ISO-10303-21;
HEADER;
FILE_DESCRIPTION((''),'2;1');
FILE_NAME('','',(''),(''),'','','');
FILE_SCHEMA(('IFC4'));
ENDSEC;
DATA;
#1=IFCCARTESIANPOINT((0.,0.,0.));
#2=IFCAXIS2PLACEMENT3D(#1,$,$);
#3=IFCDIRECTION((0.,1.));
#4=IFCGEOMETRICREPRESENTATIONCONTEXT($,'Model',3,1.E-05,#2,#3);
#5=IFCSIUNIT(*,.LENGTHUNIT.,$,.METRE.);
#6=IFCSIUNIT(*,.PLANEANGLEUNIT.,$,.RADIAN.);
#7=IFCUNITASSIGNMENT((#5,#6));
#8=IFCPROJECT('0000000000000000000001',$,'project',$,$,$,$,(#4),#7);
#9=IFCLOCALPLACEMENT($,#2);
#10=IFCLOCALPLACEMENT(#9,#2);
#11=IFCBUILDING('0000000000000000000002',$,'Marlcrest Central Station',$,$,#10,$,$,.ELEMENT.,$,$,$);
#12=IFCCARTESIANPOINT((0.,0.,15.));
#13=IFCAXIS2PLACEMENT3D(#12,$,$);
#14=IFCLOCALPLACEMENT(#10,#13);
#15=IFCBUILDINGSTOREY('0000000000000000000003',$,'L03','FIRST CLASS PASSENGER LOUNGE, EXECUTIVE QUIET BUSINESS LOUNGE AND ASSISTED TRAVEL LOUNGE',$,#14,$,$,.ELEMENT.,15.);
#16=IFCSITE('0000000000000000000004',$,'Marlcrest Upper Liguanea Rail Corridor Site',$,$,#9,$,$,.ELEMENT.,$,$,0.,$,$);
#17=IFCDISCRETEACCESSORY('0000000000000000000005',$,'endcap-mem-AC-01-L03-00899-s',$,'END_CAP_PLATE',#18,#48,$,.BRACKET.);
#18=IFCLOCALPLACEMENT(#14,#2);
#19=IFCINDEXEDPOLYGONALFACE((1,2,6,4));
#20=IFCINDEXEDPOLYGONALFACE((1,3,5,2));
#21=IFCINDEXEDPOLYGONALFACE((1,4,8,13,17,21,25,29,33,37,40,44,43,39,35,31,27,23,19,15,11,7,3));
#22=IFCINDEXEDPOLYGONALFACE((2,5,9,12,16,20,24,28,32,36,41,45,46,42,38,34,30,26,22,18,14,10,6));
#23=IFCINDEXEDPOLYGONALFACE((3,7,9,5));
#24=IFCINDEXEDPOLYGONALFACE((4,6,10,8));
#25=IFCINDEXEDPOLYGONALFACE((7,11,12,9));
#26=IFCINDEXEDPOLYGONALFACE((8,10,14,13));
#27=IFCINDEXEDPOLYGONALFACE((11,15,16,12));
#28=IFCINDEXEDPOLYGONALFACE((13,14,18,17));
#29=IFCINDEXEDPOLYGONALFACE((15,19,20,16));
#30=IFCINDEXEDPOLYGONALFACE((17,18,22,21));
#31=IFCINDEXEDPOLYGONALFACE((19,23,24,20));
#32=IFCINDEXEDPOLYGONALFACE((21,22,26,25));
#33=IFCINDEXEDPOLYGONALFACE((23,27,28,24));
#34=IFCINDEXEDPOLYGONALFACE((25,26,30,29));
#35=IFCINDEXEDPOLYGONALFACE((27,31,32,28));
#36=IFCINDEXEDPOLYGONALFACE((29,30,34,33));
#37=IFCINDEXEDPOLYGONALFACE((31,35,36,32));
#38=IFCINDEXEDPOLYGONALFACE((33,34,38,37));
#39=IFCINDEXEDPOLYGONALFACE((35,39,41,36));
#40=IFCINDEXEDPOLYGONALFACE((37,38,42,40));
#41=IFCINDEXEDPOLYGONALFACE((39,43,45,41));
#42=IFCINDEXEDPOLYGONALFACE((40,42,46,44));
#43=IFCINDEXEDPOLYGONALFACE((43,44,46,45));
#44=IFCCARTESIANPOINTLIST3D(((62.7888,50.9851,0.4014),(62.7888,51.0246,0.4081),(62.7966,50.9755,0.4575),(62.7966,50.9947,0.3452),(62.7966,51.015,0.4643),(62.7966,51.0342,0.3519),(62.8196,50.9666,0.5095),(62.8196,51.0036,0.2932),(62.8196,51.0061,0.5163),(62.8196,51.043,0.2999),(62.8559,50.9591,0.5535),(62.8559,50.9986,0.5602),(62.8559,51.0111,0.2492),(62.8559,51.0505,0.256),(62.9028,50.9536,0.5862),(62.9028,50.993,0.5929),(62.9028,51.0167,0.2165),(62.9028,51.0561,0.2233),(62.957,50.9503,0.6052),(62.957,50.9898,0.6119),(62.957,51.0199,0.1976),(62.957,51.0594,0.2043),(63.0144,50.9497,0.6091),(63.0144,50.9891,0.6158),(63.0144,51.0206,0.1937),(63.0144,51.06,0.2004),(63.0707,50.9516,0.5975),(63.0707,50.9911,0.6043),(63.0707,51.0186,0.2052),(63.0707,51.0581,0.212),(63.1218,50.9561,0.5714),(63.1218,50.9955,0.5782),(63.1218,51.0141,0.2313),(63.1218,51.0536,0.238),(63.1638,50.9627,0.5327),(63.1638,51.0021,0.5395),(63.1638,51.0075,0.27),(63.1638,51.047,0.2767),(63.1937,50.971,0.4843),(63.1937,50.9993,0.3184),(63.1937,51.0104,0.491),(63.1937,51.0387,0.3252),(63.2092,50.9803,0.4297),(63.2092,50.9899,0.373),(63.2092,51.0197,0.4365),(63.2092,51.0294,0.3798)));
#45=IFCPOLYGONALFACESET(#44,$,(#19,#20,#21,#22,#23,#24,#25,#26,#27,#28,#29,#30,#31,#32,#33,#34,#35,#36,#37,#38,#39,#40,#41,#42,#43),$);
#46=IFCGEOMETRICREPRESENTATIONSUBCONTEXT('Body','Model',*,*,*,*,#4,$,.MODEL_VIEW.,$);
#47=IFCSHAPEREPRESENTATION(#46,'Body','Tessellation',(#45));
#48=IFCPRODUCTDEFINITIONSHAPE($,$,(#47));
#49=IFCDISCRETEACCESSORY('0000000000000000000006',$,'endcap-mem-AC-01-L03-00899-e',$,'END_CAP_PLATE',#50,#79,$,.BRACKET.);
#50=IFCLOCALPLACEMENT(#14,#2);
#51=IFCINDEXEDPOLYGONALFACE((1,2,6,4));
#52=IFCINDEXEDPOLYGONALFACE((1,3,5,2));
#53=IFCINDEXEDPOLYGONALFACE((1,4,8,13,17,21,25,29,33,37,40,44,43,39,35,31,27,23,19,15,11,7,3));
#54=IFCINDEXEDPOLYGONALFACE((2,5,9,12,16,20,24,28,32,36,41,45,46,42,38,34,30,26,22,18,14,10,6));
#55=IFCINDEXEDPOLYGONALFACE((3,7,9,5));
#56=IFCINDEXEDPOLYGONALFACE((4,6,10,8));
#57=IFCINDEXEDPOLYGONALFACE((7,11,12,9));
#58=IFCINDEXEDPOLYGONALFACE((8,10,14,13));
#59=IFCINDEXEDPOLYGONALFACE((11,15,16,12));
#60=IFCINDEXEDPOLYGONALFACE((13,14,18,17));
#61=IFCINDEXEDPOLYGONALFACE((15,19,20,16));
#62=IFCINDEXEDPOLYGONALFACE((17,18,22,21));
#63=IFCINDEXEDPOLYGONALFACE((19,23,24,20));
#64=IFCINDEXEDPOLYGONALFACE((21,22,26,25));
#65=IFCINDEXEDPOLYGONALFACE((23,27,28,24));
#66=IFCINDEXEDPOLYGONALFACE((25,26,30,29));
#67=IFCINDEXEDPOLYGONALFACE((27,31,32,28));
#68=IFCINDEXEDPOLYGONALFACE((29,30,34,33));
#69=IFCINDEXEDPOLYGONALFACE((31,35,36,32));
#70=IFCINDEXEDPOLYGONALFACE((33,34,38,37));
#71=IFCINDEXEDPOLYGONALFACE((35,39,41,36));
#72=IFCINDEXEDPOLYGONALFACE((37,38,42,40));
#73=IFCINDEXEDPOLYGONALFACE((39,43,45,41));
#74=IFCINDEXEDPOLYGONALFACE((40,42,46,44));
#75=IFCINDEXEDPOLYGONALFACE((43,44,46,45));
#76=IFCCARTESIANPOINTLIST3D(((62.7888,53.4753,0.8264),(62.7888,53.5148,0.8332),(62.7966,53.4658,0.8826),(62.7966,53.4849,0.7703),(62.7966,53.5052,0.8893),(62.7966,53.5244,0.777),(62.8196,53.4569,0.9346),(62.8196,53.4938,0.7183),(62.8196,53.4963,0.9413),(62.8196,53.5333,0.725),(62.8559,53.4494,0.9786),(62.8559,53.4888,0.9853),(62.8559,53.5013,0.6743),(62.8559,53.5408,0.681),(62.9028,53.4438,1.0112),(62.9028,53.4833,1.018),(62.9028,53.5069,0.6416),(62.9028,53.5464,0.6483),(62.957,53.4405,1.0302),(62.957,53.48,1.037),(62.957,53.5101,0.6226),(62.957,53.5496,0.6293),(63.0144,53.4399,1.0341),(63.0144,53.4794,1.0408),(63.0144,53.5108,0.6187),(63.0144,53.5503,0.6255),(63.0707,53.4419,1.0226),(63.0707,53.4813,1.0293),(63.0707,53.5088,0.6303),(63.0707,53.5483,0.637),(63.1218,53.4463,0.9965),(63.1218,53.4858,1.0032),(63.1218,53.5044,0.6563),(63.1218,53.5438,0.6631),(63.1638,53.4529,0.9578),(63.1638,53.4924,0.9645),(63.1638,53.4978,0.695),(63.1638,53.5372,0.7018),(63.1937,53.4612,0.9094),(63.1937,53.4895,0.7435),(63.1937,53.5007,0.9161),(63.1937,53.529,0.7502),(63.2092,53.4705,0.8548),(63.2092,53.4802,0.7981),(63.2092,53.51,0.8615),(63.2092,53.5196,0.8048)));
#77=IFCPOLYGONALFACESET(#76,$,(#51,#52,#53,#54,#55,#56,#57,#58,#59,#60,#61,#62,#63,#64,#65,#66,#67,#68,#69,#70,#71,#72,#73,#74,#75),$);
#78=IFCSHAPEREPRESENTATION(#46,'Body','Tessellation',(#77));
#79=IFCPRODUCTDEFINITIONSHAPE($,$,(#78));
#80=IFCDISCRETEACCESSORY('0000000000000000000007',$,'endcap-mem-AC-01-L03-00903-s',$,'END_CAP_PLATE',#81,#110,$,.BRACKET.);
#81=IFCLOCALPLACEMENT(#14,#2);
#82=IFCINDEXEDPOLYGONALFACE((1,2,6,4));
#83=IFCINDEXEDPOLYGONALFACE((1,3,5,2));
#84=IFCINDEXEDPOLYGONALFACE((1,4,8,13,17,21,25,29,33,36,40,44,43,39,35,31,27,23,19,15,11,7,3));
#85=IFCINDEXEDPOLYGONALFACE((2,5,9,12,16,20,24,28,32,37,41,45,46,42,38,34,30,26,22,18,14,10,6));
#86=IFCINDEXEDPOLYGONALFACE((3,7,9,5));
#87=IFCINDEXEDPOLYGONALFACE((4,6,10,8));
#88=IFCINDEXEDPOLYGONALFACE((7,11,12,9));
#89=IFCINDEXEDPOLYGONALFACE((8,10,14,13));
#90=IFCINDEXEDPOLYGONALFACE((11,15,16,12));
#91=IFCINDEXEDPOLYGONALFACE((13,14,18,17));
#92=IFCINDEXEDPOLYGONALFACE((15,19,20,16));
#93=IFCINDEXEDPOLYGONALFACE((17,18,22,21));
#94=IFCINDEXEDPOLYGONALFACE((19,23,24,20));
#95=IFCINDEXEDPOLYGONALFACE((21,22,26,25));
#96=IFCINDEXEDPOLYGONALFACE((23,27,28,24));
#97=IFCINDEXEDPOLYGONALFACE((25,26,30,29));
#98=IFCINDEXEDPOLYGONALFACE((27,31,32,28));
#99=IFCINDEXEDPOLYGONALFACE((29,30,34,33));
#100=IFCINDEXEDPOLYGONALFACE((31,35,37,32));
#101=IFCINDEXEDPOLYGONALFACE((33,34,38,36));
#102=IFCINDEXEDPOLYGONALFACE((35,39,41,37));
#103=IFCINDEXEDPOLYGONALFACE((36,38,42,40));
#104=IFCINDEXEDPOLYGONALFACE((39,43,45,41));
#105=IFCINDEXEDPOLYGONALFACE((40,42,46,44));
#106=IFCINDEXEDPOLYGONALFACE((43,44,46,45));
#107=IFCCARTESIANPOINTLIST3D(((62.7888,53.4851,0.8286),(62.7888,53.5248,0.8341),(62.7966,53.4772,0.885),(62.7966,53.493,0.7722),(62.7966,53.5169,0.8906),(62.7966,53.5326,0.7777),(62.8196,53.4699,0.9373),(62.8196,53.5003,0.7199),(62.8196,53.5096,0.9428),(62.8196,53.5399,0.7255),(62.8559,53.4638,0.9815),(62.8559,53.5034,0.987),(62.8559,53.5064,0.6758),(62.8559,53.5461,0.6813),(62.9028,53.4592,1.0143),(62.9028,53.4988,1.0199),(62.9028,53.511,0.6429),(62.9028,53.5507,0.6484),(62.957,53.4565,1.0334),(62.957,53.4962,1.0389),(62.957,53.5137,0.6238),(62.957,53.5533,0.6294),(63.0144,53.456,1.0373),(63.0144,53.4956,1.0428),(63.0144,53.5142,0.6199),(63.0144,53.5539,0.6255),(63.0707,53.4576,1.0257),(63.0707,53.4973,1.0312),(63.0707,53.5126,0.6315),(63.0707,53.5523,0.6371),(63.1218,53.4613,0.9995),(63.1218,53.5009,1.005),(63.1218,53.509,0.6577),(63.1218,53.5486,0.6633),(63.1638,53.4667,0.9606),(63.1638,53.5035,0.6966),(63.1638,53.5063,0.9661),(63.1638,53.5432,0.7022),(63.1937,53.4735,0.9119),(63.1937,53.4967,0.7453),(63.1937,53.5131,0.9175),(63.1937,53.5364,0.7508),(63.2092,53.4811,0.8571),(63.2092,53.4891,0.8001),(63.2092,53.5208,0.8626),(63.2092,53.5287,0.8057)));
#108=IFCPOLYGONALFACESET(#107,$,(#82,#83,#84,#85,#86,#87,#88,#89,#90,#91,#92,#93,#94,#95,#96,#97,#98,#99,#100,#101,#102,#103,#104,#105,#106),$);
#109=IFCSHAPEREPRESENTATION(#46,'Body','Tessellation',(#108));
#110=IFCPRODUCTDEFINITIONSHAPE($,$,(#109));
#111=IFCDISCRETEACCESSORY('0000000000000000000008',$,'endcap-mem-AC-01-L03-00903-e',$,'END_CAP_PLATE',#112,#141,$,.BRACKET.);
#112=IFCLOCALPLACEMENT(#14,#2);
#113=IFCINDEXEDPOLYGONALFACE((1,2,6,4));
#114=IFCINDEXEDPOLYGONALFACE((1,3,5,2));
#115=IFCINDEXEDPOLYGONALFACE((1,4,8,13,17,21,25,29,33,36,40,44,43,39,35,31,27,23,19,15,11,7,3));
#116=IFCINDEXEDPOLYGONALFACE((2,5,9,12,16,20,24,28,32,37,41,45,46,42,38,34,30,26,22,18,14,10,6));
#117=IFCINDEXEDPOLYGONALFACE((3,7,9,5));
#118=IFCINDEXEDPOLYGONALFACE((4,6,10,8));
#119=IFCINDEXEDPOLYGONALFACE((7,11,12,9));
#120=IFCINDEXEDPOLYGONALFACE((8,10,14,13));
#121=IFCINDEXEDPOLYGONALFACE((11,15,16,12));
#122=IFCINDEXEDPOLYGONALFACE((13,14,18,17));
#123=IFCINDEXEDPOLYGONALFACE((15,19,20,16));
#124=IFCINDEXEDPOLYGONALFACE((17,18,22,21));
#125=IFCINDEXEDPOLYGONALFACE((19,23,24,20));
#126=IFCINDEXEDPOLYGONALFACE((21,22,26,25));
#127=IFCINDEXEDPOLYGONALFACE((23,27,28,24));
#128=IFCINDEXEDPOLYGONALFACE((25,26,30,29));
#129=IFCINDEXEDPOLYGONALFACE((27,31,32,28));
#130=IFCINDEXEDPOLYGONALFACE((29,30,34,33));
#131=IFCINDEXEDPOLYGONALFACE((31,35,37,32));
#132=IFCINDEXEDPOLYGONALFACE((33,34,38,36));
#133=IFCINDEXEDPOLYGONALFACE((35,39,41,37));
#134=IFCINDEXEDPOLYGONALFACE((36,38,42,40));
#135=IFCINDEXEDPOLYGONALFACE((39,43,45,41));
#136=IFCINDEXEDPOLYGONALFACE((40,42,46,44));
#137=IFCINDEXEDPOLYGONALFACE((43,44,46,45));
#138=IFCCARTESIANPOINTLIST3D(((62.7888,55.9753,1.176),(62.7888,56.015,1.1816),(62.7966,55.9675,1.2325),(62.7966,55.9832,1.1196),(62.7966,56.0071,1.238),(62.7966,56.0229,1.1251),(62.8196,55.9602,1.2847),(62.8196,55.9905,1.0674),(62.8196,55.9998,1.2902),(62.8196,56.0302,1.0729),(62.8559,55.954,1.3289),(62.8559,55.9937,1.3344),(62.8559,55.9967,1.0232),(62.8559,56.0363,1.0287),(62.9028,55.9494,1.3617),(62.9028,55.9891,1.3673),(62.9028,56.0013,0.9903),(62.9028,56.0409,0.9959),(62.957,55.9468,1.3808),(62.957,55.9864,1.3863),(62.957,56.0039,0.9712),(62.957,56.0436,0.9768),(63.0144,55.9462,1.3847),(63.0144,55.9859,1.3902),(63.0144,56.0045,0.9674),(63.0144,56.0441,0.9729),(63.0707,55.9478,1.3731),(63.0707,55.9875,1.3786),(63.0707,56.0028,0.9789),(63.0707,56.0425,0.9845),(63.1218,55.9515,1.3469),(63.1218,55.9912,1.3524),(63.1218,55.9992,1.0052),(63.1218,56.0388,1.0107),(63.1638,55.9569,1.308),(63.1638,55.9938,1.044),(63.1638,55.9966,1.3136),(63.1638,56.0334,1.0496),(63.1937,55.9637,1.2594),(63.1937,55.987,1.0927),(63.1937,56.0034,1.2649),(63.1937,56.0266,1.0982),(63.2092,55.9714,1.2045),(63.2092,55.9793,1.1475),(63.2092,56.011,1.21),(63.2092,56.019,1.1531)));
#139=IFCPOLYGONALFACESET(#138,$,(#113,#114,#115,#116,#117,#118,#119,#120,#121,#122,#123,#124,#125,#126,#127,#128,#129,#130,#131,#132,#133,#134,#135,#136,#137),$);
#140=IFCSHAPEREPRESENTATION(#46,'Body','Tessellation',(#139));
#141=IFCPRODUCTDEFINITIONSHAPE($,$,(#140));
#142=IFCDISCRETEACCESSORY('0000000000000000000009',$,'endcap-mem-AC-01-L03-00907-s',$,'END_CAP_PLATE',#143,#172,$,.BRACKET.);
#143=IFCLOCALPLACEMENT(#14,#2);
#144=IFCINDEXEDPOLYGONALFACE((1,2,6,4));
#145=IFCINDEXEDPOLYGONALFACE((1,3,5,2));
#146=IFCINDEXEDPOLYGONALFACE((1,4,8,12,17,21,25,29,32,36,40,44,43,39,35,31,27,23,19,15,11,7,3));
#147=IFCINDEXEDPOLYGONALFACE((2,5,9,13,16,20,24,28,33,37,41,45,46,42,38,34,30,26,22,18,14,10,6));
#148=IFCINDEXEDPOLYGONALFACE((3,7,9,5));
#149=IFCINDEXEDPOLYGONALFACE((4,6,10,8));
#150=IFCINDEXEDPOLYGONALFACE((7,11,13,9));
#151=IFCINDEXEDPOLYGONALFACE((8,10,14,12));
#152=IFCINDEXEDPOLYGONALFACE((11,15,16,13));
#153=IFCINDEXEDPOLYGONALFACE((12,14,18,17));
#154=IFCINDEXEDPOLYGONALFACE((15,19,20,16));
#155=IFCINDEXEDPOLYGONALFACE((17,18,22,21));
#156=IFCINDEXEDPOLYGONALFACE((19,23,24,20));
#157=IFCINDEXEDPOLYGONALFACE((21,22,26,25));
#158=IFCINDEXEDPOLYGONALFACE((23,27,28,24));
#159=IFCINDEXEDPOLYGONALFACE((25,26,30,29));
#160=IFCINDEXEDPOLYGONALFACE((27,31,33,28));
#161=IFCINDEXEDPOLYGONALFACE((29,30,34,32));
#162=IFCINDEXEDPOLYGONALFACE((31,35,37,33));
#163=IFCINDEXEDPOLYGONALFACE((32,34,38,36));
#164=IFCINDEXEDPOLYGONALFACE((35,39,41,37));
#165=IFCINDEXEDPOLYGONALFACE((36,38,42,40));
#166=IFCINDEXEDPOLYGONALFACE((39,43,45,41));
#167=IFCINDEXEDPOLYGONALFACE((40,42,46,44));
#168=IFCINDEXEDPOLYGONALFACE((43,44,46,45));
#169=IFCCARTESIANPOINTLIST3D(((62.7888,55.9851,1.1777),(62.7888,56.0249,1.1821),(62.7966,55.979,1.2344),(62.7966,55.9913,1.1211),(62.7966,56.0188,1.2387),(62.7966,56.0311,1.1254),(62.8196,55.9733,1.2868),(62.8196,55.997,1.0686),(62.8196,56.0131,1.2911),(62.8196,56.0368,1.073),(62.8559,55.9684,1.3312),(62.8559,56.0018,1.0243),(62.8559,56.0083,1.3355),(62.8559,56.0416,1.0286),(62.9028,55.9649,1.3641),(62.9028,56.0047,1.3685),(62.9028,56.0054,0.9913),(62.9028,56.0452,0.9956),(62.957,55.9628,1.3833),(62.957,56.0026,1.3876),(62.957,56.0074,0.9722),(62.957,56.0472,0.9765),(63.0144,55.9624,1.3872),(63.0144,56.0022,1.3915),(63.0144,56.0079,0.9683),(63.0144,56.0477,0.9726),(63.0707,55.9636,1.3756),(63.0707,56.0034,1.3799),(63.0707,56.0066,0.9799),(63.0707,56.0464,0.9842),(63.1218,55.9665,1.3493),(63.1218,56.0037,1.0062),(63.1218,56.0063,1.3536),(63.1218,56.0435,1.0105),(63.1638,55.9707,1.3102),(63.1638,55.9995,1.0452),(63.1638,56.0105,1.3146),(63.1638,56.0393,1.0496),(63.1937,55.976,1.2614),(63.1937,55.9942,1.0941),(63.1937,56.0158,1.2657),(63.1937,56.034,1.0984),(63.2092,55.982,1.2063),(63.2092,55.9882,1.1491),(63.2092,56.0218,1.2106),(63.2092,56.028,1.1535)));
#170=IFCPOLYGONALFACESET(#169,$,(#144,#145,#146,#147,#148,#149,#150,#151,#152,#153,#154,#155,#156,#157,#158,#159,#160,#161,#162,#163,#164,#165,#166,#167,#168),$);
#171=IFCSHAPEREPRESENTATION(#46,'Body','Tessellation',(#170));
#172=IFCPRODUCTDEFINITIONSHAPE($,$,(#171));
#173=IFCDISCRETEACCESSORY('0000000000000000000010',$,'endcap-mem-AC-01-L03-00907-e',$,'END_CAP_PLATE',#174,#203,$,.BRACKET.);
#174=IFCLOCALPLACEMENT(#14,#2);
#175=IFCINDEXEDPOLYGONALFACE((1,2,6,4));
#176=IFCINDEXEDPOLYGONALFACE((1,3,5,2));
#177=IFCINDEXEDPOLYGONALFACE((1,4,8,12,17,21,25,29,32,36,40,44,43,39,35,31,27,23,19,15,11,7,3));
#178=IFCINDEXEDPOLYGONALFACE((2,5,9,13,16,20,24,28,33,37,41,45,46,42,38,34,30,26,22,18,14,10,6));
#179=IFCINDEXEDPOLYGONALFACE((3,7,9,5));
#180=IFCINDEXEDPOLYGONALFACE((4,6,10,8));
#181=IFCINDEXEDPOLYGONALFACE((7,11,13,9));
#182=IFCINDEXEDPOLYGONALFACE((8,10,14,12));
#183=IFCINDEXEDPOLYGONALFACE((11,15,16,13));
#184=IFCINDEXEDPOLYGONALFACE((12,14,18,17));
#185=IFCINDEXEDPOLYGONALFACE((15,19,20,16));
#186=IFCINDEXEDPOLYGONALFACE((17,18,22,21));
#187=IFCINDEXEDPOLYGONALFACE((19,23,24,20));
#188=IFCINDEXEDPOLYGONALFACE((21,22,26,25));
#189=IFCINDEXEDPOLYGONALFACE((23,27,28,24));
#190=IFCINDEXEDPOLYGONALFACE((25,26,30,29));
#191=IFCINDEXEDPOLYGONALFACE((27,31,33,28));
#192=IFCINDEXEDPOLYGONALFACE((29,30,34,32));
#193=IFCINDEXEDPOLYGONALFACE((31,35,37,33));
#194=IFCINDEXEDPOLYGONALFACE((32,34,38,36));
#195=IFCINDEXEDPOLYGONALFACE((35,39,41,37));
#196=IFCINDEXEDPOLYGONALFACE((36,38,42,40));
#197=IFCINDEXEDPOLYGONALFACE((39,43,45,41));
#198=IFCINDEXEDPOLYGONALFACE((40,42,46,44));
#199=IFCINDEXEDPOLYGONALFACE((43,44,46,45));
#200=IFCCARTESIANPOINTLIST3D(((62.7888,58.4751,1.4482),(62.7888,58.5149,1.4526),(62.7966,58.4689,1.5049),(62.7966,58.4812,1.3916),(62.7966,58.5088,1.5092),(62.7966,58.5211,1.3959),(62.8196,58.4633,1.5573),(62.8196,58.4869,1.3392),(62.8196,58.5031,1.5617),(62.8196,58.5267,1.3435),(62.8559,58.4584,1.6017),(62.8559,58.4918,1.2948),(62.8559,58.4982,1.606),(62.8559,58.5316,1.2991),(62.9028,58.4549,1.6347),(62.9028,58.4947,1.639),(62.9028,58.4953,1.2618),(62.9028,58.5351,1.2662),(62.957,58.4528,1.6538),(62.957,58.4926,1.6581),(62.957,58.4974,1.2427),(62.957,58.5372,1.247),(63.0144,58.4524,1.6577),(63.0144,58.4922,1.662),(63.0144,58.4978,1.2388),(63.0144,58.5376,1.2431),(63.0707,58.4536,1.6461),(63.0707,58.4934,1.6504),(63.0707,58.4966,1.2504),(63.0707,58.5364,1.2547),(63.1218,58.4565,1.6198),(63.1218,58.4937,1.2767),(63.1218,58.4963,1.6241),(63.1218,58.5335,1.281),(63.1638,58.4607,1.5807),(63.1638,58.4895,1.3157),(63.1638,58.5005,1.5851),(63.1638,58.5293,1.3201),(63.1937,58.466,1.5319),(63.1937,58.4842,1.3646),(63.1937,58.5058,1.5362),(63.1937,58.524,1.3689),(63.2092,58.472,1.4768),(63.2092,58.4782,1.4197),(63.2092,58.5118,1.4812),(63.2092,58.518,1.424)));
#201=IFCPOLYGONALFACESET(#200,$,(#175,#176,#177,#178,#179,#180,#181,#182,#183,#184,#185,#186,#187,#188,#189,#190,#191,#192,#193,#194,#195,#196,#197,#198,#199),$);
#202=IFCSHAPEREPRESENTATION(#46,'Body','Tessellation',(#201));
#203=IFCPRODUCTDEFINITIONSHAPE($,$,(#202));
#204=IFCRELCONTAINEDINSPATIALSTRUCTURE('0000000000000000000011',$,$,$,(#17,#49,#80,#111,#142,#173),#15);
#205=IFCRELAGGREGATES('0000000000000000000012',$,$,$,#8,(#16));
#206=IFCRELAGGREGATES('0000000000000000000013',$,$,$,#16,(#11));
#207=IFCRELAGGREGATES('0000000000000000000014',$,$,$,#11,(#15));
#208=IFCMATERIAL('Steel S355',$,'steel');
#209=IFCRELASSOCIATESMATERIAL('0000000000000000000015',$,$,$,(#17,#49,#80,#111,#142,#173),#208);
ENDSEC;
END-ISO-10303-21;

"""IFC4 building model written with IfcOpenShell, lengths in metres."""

from ifc_helpers import new_model, si_unit, direction, frame, origin, origin_2d, place, context, subcontext, project, spatial, circle, extrude, material, element, save


model = new_model("IFC4")

# Units and contexts
model_context = context("Model", 3, precision=1e-05, world=origin(), true_north=direction((0.0, 1.0)))
body_context = subcontext(model_context, "Body", "Model", "MODEL_VIEW")
ifc_project = project(units=[si_unit("LENGTHUNIT", "METRE"), si_unit("PLANEANGLEUNIT", "RADIAN")], contexts=[model_context])

# Site, building, storey
site_placement = place(None, origin())
site = spatial("IfcSite", under=ifc_project, at=site_placement, Name="Marlcrest Upper Liguanea Rail Corridor Site", CompositionType="ELEMENT", RefElevation=0.0)
building_placement = place(site_placement, origin())
building = spatial("IfcBuilding", under=site, at=building_placement, Name="Marlcrest Central Station", CompositionType="ELEMENT")
storey_placement = place(building_placement, frame((0.0, 0.0, 15.0)))
storey = spatial("IfcBuildingStorey", under=building, at=storey_placement, Name="L03", Description="FIRST CLASS PASSENGER LOUNGE, EXECUTIVE QUIET BUSINESS LOUNGE AND ASSISTED TRAVEL LOUNGE", CompositionType="ELEMENT", Elevation=15.0)

# Shared definitions
ifc_material_1 = material(Name="Steel S355", Category="steel")

# Discrete accessories
for number, where, z_axis, x_axis, name in (
    (1, (63.0, 50.9851, 0.4014), (0.0, 0.985741, 0.168269), (-1.0, 0.0, 0.0), "endcap-mem-AC-01-L03-00899-s"),
    (2, (63.0, 53.4753, 0.8264), (0.0, 0.985741, 0.168269), (-1.0, 0.0, 0.0), "endcap-mem-AC-01-L03-00899-e"),
    (3, (63.0, 53.4851, 0.8286), (0.0, 0.990403, 0.138211), (-1.0, 0.0, 0.0), "endcap-mem-AC-01-L03-00903-s"),
    (4, (63.0, 55.9753, 1.176), (0.0, 0.990403, 0.138211), (-1.0, 0.0, 0.0), "endcap-mem-AC-01-L03-00903-e"),
    (5, (63.0, 55.9851, 1.1777), (0.0, 0.994155, 0.107959), (-1.0, 0.0, 0.0), "endcap-mem-AC-01-L03-00907-s"),
    (6, (63.0, 58.4751, 1.4482), (0.0, 0.994155, 0.107959), (-1.0, 0.0, 0.0), "endcap-mem-AC-01-L03-00907-e"),
):
    element("IfcDiscreteAccessory", number, at=place(storey_placement, frame(where, z_axis=z_axis, x_axis=x_axis)), inside=storey, material=ifc_material_1, Name=name, ObjectType="END_CAP_PLATE", PredefinedType="BRACKET", context=body_context, shape_type="SweptSolid", body=[
        extrude(circle(Radius=0.2112, at=origin_2d()), origin(), (0.0, 0.0, 1.0), 0.04),
    ])

save(model, "model.ifc")
